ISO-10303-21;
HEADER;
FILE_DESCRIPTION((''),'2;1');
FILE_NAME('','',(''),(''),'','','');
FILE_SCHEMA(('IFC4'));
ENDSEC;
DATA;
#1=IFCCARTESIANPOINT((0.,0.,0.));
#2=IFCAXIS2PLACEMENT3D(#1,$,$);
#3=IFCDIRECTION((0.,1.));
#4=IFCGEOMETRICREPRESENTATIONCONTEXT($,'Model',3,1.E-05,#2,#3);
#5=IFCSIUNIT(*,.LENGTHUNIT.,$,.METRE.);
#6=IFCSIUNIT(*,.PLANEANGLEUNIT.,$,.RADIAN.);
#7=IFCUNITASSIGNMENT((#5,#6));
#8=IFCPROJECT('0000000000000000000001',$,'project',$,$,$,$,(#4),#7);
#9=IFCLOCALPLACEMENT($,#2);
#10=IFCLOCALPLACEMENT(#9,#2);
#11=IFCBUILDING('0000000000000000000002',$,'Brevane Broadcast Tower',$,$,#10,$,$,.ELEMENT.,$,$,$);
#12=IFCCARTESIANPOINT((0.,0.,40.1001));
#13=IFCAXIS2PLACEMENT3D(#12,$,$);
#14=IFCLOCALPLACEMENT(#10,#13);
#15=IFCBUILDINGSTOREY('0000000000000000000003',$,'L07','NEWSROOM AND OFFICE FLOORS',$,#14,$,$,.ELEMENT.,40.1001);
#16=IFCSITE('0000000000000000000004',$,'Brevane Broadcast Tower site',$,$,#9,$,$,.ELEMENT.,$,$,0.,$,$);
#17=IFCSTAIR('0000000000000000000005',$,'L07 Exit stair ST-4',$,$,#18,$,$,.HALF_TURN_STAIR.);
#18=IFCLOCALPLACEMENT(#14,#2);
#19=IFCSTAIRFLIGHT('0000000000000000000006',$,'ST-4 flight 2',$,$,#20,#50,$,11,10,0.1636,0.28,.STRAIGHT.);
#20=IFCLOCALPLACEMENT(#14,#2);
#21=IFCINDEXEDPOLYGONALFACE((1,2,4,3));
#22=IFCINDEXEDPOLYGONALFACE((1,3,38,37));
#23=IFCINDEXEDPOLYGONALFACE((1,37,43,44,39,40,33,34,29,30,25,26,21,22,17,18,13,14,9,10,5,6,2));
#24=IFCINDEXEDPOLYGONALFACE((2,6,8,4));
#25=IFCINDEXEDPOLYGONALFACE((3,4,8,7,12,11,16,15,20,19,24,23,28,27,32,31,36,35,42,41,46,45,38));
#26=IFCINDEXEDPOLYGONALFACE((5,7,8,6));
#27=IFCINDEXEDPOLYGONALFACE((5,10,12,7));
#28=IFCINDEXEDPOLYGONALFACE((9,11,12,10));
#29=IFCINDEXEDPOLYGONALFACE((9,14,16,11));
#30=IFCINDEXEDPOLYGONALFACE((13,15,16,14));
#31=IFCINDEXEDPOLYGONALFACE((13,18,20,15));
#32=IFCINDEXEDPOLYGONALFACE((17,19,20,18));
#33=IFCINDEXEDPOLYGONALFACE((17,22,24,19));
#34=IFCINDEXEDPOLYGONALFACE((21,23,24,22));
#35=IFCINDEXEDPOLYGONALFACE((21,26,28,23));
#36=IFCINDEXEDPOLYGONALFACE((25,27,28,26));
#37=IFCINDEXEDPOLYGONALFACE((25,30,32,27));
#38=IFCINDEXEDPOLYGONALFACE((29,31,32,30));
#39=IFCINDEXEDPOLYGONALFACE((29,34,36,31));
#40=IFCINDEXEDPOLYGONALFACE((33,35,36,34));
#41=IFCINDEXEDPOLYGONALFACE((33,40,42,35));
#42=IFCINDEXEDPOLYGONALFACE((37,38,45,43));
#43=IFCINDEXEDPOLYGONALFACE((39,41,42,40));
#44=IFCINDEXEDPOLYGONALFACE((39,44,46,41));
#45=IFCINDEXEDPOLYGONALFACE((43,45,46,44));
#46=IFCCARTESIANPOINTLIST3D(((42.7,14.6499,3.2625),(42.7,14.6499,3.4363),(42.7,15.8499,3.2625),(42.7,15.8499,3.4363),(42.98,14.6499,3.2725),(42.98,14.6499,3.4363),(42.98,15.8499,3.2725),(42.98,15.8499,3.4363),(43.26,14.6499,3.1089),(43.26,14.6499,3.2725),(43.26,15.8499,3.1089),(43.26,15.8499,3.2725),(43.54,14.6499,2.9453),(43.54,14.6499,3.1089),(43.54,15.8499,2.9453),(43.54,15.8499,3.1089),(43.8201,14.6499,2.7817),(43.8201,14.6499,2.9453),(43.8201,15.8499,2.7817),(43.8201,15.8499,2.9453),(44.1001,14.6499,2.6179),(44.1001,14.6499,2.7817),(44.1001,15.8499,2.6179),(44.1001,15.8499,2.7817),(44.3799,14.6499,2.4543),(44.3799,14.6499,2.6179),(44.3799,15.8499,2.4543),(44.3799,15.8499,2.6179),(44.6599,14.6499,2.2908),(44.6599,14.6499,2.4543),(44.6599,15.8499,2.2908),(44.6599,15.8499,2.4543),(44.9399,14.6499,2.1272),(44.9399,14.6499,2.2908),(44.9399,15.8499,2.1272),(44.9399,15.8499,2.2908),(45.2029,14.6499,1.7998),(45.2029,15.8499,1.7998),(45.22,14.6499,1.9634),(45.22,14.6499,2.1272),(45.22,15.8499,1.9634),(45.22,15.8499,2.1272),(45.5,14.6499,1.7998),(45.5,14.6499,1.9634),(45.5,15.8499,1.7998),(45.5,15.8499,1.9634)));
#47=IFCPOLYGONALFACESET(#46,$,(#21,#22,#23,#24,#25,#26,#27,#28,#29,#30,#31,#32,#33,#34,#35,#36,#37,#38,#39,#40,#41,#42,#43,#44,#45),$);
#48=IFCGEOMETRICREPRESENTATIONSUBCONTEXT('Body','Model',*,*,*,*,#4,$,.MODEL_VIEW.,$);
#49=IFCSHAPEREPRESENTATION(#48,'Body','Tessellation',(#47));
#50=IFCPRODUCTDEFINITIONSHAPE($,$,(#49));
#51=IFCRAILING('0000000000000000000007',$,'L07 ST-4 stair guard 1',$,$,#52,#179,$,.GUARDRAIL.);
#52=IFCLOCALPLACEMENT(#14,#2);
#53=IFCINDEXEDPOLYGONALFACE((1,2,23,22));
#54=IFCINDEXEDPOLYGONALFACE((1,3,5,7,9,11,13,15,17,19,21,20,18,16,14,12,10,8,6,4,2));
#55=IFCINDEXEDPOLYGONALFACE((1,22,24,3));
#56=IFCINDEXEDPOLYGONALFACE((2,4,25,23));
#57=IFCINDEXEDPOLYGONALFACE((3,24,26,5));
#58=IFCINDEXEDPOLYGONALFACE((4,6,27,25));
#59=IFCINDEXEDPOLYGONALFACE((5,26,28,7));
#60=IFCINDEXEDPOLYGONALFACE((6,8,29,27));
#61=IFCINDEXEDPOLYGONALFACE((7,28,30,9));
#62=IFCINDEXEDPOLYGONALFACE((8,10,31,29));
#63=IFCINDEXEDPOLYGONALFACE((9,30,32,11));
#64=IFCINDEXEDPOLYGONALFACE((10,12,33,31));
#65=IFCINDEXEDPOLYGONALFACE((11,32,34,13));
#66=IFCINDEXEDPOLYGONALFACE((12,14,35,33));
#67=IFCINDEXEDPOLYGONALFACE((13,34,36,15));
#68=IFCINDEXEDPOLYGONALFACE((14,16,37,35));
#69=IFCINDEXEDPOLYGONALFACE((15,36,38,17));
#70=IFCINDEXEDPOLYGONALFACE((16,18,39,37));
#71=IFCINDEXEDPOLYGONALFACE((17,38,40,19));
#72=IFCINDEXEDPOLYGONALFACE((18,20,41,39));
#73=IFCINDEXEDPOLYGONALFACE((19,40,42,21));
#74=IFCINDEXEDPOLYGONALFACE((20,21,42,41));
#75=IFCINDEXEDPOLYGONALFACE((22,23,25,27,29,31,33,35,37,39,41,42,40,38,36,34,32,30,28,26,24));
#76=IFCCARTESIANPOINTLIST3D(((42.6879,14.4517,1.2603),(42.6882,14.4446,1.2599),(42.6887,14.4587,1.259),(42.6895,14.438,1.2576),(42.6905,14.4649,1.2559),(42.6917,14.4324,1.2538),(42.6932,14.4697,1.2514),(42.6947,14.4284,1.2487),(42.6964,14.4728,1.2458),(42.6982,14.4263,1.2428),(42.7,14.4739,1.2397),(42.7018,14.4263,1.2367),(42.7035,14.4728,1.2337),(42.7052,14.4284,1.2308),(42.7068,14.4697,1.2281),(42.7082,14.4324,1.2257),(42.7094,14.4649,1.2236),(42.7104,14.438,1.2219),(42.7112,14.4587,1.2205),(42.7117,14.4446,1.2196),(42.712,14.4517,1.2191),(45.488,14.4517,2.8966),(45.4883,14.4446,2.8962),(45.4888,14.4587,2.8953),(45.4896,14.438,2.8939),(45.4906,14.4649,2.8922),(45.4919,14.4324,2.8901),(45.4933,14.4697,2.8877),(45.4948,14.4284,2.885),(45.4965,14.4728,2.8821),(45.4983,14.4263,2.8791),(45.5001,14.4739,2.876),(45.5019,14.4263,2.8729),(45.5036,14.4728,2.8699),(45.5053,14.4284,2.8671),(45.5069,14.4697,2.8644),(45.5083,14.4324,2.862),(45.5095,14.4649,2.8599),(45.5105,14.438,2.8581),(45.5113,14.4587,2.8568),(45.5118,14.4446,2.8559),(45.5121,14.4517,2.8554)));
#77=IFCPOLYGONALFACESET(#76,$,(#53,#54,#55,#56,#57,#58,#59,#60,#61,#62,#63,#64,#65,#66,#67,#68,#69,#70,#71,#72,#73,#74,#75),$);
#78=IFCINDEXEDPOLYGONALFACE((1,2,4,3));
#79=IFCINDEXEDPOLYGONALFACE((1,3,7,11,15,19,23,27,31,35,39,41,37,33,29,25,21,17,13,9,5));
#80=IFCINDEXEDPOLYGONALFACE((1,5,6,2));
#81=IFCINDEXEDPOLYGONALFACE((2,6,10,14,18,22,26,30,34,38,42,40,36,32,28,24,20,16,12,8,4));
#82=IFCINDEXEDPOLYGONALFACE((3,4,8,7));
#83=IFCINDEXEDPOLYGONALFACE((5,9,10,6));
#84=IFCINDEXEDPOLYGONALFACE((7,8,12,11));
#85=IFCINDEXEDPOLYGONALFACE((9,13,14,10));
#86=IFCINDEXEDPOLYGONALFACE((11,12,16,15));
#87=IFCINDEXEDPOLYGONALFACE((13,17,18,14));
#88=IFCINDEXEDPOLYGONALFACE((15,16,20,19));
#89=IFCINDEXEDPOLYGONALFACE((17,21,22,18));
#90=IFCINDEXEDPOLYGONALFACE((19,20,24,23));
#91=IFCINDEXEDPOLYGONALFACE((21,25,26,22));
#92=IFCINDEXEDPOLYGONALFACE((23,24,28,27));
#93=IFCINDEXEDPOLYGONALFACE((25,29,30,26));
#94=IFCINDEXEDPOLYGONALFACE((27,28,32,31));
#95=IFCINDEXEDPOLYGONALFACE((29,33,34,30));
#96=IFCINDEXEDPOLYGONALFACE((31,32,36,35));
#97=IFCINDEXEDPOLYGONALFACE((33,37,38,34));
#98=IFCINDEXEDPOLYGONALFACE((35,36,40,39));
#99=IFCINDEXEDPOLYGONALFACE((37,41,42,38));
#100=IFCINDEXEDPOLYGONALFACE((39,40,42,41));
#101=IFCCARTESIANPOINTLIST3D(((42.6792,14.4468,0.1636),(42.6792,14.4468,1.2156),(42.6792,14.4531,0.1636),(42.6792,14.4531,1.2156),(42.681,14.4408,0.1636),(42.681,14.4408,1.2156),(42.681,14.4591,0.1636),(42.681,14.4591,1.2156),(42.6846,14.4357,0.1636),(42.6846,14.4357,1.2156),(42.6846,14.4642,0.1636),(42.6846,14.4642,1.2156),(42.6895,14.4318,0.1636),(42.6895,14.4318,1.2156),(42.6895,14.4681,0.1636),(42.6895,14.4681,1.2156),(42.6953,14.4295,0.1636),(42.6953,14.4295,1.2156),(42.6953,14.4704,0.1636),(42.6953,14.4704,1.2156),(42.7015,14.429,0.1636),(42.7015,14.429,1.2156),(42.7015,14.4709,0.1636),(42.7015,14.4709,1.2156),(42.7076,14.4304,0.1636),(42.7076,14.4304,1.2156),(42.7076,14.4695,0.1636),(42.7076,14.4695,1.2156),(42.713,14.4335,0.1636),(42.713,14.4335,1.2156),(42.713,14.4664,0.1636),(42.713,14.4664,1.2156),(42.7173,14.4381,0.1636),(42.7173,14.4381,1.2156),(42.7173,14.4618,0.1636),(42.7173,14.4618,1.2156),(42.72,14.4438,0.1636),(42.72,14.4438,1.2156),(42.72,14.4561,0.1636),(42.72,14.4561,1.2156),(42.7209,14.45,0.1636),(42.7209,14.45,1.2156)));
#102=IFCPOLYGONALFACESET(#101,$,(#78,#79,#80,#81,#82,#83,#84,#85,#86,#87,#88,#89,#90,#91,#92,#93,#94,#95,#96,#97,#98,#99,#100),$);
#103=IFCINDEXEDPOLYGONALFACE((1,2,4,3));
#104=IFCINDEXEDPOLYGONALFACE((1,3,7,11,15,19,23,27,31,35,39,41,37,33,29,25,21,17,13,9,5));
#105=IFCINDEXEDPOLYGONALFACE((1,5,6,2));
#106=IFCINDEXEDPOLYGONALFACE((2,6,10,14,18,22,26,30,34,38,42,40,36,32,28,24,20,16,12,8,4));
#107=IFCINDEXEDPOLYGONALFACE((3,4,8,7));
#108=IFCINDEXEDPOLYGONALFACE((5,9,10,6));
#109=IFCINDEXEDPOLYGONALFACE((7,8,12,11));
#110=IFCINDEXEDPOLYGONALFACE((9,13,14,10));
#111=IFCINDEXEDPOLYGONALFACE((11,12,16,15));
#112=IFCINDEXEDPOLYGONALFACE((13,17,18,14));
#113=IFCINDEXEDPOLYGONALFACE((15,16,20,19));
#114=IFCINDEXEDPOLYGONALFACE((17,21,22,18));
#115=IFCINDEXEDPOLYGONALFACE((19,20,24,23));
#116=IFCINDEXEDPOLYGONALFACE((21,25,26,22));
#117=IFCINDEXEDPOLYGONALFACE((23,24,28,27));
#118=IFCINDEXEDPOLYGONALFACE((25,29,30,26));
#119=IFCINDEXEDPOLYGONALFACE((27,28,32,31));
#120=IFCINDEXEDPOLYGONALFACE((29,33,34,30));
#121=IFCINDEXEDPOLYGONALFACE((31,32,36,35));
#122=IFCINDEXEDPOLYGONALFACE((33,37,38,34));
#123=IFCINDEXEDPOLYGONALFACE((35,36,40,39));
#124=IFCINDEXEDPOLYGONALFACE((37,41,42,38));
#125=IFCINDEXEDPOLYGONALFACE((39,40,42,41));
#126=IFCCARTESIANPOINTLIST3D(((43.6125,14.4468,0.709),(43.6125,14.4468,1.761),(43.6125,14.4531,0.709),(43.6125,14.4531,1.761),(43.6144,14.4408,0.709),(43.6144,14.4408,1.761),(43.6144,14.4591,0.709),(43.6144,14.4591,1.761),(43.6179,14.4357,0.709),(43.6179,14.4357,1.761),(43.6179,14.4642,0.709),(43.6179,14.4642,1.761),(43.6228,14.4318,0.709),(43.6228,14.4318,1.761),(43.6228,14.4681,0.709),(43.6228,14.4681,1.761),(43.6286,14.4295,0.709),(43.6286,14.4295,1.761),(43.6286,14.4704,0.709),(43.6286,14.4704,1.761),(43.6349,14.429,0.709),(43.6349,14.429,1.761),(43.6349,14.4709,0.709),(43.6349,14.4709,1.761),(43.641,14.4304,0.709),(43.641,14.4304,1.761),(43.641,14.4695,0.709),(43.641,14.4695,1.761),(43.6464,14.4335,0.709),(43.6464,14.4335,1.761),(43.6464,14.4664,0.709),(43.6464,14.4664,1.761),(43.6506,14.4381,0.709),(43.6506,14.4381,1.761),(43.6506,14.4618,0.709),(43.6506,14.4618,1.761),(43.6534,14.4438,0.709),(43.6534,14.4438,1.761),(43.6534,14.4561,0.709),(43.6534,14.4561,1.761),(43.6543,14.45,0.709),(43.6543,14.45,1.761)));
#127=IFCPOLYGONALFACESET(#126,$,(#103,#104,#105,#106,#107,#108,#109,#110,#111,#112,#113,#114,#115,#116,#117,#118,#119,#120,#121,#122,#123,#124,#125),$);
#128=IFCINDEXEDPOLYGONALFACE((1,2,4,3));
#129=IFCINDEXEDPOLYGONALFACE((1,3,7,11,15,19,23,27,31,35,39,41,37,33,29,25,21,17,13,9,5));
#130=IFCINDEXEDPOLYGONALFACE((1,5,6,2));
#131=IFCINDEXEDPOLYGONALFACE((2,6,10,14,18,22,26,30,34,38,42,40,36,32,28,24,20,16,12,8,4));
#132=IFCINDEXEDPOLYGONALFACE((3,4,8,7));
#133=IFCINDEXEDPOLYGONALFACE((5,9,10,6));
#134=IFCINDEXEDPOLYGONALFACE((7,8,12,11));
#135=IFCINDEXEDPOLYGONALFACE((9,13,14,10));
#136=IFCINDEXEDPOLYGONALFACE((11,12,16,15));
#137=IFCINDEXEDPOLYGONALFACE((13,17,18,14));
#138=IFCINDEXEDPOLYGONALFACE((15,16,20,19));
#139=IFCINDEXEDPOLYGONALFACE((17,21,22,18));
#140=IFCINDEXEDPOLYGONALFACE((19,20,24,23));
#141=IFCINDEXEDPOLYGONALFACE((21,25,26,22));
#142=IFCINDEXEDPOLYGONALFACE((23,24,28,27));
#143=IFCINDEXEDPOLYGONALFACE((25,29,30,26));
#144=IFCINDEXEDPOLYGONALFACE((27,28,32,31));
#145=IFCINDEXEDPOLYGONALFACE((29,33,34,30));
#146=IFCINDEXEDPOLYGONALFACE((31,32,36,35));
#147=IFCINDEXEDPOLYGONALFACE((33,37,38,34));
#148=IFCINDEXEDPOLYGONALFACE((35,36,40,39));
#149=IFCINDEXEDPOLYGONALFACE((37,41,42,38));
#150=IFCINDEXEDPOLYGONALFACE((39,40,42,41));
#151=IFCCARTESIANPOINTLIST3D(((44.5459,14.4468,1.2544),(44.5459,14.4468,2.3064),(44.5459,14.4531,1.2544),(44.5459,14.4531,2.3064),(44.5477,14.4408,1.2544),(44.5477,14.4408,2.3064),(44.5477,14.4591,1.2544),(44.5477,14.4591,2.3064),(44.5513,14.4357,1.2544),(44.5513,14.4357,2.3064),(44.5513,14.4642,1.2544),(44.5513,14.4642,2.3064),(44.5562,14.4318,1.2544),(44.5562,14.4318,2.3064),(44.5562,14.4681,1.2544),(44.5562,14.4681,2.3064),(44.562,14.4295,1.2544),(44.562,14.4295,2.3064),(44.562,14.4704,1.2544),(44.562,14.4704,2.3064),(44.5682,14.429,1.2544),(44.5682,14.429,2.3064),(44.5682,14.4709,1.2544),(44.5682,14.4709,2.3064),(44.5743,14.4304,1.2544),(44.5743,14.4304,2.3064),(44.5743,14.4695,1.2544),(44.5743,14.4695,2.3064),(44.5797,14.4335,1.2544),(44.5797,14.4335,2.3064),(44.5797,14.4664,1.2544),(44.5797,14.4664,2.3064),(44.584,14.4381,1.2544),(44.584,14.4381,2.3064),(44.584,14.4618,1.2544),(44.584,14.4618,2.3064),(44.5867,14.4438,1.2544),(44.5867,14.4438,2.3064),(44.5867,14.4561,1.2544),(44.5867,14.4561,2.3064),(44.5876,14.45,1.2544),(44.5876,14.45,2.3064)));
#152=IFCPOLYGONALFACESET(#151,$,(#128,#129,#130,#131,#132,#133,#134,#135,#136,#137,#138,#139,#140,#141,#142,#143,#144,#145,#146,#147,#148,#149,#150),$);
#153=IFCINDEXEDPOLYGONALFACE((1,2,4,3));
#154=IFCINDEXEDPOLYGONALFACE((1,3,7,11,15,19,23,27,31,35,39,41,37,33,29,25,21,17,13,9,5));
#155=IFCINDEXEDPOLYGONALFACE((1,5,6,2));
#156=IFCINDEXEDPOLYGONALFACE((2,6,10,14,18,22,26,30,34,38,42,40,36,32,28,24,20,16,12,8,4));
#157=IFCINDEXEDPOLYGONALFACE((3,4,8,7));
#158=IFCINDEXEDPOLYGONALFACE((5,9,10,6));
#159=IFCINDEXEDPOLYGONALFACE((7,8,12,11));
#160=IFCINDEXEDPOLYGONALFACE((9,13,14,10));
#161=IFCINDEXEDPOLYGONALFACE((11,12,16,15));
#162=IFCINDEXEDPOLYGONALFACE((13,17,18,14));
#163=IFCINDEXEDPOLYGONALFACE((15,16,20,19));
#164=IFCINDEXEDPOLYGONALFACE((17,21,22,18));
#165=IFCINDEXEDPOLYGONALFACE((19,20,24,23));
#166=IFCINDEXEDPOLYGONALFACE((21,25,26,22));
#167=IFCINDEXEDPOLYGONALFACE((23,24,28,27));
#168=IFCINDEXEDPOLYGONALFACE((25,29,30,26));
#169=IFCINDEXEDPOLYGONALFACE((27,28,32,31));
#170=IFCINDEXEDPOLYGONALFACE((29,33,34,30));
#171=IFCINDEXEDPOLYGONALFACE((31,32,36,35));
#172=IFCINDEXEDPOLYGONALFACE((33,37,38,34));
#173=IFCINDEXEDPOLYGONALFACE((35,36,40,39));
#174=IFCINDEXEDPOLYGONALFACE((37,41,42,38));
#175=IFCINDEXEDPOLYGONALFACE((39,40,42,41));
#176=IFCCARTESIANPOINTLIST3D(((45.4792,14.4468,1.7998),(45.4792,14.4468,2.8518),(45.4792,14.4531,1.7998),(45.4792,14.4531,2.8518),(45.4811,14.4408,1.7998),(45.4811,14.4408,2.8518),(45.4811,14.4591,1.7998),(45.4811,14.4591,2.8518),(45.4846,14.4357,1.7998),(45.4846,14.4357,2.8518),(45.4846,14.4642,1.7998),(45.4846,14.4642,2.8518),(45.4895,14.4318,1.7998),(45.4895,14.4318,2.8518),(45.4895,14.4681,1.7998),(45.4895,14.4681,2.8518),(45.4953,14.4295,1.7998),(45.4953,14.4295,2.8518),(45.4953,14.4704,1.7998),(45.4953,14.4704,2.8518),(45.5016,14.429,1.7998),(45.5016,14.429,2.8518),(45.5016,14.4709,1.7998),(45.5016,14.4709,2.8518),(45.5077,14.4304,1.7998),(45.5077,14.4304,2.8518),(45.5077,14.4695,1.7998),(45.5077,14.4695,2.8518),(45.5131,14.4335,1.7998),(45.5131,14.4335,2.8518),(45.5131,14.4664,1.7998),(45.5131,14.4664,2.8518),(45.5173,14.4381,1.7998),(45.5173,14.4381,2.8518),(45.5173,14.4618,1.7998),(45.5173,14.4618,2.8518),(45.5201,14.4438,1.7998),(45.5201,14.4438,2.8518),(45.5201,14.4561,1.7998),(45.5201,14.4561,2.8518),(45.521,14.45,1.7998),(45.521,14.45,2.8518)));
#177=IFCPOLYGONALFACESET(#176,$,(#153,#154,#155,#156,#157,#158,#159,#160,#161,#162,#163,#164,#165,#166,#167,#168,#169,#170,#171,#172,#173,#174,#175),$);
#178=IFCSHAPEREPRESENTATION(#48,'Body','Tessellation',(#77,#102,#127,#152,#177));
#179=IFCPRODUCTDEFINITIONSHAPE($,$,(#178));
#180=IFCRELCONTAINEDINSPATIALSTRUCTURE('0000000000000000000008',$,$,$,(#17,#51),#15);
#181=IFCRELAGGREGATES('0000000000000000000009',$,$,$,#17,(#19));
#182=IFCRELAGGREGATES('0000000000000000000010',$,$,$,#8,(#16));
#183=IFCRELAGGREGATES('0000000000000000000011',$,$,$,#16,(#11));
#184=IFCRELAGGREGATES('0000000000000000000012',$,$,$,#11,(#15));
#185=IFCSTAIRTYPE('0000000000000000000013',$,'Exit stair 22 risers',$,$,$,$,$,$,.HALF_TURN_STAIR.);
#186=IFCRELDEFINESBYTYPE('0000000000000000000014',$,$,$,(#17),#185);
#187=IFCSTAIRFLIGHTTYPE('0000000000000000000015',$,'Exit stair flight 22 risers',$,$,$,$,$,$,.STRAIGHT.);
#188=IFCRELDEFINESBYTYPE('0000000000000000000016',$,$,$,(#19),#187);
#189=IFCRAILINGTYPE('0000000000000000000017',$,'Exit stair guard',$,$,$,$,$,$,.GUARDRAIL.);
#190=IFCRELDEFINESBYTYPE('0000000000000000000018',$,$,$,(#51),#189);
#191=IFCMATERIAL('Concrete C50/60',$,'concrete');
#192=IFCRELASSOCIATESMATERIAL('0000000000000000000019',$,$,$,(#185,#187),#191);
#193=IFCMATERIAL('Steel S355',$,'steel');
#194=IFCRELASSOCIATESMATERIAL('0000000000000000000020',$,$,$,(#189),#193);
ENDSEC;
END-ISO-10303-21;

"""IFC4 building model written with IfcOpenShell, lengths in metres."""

from ifc_helpers import new_model, si_unit, direction, frame, origin, origin_2d, place, context, subcontext, project, spatial, polyline, circle, outline, extrude, material, type_object, element, aggregate, save


model = new_model("IFC4")

# Units and contexts
model_context = context("Model", 3, precision=1e-05, world=origin(), true_north=direction((0.0, 1.0)))
body_context = subcontext(model_context, "Body", "Model", "MODEL_VIEW")
ifc_project = project(units=[si_unit("LENGTHUNIT", "METRE"), si_unit("PLANEANGLEUNIT", "RADIAN")], contexts=[model_context])

# Site, building, storey
site_placement = place(None, origin())
site = spatial("IfcSite", under=ifc_project, at=site_placement, Name="Brevane Broadcast Tower site", CompositionType="ELEMENT", RefElevation=0.0)
building_placement = place(site_placement, origin())
building = spatial("IfcBuilding", under=site, at=building_placement, Name="Brevane Broadcast Tower", CompositionType="ELEMENT")
storey_placement = place(building_placement, frame((0.0, 0.0, 40.1001)))
storey = spatial("IfcBuildingStorey", under=building, at=storey_placement, Name="L07", Description="NEWSROOM AND OFFICE FLOORS", CompositionType="ELEMENT", Elevation=40.1001)

# Stair, stair flight
ifc_material_1 = material(Name="Concrete C50/60", Category="concrete")
stair_type = type_object("IfcStairType", Name="Exit stair 22 risers", PredefinedType="HALF_TURN_STAIR", material=ifc_material_1)
stair_placement = place(storey_placement, origin())
stair = element("IfcStair", 1, at=stair_placement, inside=storey, type_object=stair_type, Name="L07 Exit stair ST-4", PredefinedType="HALF_TURN_STAIR")
stair_flight_type = type_object("IfcStairFlightType", Name="Exit stair flight 22 risers", PredefinedType="STRAIGHT", material=ifc_material_1)
stair_flight_1_placement = place(storey_placement, frame((45.5, 15.25, 1.7998), z_axis=(0.0, 0.0, 1.0), x_axis=(-1.0, 0.0, 0.0)))
stair_flight_1 = element("IfcStairFlight", 2, at=stair_flight_1_placement, type_object=stair_flight_type, Name="ST-4 flight 2", NumberOfRisers=11, NumberOfTreads=10, PredefinedType="STRAIGHT", RiserHeight=0.1636, TreadLength=0.28, context=body_context, shape_type="SweptSolid", body=[
    extrude(outline(polyline([(0.0, 0.0), (0.0, 0.1636), (0.28, 0.1636), (0.28, 0.3274), (0.5601, 0.3274), (0.5601, 0.491), (0.8401, 0.491), (0.8401, 0.6545), (1.1201, 0.6545), (1.1201, 0.8181), (1.3999, 0.8181), (1.3999, 0.9819), (1.6799, 0.9819), (1.6799, 1.1455), (1.96, 1.1455), (1.96, 1.3091), (2.24, 1.3091), (2.24, 1.4727), (2.52, 1.4727), (2.52, 1.6365), (2.8, 1.6365), (2.8, 1.8), (2.8, 1.4626), (0.2971, 0.0), (0.0, 0.0)])), frame((0.0, 0.6001, 0.0), z_axis=(0.0, -1.0, 0.0), x_axis=(1.0, 0.0, 0.0)), (0.0, 0.0, 1.0), 1.2),
])
aggregate(stair, [stair_flight_1])

# Railing
ifc_material_2 = material(Name="Steel S355", Category="steel")
railing_type_1 = type_object("IfcRailingType", Name="Exit stair guard", PredefinedType="GUARDRAIL", material=ifc_material_2)
railing_1_placement = place(storey_placement, frame((42.7, 14.45, 0.1636)))
element("IfcRailing", 3, at=railing_1_placement, inside=storey, type_object=railing_type_1, Name="L07 ST-4 stair guard 1", PredefinedType="GUARDRAIL", context=body_context, shape_type="SweptSolid", body=[
    extrude(circle(Radius=0.0239, at=origin_2d()), frame((0.0, 0.0, 1.0762), z_axis=(0.863394, 0.0, 0.504531), x_axis=(0.0, 1.0, 0.0)), (0.0, 0.0, 1.0), 3.2432),
    extrude(circle(Radius=0.021, at=origin_2d()), origin(), (0.0, 0.0, 1.0), 1.052),
    extrude(circle(Radius=0.021, at=origin_2d()), frame((0.9333, 0.0, 0.5454)), (0.0, 0.0, 1.0), 1.052),
    extrude(circle(Radius=0.021, at=origin_2d()), frame((1.8667, 0.0, 1.0908)), (0.0, 0.0, 1.0), 1.052),
    extrude(circle(Radius=0.021, at=origin_2d()), frame((2.8, 0.0, 1.6362)), (0.0, 0.0, 1.0), 1.052),
])

save(model, "model.ifc")
